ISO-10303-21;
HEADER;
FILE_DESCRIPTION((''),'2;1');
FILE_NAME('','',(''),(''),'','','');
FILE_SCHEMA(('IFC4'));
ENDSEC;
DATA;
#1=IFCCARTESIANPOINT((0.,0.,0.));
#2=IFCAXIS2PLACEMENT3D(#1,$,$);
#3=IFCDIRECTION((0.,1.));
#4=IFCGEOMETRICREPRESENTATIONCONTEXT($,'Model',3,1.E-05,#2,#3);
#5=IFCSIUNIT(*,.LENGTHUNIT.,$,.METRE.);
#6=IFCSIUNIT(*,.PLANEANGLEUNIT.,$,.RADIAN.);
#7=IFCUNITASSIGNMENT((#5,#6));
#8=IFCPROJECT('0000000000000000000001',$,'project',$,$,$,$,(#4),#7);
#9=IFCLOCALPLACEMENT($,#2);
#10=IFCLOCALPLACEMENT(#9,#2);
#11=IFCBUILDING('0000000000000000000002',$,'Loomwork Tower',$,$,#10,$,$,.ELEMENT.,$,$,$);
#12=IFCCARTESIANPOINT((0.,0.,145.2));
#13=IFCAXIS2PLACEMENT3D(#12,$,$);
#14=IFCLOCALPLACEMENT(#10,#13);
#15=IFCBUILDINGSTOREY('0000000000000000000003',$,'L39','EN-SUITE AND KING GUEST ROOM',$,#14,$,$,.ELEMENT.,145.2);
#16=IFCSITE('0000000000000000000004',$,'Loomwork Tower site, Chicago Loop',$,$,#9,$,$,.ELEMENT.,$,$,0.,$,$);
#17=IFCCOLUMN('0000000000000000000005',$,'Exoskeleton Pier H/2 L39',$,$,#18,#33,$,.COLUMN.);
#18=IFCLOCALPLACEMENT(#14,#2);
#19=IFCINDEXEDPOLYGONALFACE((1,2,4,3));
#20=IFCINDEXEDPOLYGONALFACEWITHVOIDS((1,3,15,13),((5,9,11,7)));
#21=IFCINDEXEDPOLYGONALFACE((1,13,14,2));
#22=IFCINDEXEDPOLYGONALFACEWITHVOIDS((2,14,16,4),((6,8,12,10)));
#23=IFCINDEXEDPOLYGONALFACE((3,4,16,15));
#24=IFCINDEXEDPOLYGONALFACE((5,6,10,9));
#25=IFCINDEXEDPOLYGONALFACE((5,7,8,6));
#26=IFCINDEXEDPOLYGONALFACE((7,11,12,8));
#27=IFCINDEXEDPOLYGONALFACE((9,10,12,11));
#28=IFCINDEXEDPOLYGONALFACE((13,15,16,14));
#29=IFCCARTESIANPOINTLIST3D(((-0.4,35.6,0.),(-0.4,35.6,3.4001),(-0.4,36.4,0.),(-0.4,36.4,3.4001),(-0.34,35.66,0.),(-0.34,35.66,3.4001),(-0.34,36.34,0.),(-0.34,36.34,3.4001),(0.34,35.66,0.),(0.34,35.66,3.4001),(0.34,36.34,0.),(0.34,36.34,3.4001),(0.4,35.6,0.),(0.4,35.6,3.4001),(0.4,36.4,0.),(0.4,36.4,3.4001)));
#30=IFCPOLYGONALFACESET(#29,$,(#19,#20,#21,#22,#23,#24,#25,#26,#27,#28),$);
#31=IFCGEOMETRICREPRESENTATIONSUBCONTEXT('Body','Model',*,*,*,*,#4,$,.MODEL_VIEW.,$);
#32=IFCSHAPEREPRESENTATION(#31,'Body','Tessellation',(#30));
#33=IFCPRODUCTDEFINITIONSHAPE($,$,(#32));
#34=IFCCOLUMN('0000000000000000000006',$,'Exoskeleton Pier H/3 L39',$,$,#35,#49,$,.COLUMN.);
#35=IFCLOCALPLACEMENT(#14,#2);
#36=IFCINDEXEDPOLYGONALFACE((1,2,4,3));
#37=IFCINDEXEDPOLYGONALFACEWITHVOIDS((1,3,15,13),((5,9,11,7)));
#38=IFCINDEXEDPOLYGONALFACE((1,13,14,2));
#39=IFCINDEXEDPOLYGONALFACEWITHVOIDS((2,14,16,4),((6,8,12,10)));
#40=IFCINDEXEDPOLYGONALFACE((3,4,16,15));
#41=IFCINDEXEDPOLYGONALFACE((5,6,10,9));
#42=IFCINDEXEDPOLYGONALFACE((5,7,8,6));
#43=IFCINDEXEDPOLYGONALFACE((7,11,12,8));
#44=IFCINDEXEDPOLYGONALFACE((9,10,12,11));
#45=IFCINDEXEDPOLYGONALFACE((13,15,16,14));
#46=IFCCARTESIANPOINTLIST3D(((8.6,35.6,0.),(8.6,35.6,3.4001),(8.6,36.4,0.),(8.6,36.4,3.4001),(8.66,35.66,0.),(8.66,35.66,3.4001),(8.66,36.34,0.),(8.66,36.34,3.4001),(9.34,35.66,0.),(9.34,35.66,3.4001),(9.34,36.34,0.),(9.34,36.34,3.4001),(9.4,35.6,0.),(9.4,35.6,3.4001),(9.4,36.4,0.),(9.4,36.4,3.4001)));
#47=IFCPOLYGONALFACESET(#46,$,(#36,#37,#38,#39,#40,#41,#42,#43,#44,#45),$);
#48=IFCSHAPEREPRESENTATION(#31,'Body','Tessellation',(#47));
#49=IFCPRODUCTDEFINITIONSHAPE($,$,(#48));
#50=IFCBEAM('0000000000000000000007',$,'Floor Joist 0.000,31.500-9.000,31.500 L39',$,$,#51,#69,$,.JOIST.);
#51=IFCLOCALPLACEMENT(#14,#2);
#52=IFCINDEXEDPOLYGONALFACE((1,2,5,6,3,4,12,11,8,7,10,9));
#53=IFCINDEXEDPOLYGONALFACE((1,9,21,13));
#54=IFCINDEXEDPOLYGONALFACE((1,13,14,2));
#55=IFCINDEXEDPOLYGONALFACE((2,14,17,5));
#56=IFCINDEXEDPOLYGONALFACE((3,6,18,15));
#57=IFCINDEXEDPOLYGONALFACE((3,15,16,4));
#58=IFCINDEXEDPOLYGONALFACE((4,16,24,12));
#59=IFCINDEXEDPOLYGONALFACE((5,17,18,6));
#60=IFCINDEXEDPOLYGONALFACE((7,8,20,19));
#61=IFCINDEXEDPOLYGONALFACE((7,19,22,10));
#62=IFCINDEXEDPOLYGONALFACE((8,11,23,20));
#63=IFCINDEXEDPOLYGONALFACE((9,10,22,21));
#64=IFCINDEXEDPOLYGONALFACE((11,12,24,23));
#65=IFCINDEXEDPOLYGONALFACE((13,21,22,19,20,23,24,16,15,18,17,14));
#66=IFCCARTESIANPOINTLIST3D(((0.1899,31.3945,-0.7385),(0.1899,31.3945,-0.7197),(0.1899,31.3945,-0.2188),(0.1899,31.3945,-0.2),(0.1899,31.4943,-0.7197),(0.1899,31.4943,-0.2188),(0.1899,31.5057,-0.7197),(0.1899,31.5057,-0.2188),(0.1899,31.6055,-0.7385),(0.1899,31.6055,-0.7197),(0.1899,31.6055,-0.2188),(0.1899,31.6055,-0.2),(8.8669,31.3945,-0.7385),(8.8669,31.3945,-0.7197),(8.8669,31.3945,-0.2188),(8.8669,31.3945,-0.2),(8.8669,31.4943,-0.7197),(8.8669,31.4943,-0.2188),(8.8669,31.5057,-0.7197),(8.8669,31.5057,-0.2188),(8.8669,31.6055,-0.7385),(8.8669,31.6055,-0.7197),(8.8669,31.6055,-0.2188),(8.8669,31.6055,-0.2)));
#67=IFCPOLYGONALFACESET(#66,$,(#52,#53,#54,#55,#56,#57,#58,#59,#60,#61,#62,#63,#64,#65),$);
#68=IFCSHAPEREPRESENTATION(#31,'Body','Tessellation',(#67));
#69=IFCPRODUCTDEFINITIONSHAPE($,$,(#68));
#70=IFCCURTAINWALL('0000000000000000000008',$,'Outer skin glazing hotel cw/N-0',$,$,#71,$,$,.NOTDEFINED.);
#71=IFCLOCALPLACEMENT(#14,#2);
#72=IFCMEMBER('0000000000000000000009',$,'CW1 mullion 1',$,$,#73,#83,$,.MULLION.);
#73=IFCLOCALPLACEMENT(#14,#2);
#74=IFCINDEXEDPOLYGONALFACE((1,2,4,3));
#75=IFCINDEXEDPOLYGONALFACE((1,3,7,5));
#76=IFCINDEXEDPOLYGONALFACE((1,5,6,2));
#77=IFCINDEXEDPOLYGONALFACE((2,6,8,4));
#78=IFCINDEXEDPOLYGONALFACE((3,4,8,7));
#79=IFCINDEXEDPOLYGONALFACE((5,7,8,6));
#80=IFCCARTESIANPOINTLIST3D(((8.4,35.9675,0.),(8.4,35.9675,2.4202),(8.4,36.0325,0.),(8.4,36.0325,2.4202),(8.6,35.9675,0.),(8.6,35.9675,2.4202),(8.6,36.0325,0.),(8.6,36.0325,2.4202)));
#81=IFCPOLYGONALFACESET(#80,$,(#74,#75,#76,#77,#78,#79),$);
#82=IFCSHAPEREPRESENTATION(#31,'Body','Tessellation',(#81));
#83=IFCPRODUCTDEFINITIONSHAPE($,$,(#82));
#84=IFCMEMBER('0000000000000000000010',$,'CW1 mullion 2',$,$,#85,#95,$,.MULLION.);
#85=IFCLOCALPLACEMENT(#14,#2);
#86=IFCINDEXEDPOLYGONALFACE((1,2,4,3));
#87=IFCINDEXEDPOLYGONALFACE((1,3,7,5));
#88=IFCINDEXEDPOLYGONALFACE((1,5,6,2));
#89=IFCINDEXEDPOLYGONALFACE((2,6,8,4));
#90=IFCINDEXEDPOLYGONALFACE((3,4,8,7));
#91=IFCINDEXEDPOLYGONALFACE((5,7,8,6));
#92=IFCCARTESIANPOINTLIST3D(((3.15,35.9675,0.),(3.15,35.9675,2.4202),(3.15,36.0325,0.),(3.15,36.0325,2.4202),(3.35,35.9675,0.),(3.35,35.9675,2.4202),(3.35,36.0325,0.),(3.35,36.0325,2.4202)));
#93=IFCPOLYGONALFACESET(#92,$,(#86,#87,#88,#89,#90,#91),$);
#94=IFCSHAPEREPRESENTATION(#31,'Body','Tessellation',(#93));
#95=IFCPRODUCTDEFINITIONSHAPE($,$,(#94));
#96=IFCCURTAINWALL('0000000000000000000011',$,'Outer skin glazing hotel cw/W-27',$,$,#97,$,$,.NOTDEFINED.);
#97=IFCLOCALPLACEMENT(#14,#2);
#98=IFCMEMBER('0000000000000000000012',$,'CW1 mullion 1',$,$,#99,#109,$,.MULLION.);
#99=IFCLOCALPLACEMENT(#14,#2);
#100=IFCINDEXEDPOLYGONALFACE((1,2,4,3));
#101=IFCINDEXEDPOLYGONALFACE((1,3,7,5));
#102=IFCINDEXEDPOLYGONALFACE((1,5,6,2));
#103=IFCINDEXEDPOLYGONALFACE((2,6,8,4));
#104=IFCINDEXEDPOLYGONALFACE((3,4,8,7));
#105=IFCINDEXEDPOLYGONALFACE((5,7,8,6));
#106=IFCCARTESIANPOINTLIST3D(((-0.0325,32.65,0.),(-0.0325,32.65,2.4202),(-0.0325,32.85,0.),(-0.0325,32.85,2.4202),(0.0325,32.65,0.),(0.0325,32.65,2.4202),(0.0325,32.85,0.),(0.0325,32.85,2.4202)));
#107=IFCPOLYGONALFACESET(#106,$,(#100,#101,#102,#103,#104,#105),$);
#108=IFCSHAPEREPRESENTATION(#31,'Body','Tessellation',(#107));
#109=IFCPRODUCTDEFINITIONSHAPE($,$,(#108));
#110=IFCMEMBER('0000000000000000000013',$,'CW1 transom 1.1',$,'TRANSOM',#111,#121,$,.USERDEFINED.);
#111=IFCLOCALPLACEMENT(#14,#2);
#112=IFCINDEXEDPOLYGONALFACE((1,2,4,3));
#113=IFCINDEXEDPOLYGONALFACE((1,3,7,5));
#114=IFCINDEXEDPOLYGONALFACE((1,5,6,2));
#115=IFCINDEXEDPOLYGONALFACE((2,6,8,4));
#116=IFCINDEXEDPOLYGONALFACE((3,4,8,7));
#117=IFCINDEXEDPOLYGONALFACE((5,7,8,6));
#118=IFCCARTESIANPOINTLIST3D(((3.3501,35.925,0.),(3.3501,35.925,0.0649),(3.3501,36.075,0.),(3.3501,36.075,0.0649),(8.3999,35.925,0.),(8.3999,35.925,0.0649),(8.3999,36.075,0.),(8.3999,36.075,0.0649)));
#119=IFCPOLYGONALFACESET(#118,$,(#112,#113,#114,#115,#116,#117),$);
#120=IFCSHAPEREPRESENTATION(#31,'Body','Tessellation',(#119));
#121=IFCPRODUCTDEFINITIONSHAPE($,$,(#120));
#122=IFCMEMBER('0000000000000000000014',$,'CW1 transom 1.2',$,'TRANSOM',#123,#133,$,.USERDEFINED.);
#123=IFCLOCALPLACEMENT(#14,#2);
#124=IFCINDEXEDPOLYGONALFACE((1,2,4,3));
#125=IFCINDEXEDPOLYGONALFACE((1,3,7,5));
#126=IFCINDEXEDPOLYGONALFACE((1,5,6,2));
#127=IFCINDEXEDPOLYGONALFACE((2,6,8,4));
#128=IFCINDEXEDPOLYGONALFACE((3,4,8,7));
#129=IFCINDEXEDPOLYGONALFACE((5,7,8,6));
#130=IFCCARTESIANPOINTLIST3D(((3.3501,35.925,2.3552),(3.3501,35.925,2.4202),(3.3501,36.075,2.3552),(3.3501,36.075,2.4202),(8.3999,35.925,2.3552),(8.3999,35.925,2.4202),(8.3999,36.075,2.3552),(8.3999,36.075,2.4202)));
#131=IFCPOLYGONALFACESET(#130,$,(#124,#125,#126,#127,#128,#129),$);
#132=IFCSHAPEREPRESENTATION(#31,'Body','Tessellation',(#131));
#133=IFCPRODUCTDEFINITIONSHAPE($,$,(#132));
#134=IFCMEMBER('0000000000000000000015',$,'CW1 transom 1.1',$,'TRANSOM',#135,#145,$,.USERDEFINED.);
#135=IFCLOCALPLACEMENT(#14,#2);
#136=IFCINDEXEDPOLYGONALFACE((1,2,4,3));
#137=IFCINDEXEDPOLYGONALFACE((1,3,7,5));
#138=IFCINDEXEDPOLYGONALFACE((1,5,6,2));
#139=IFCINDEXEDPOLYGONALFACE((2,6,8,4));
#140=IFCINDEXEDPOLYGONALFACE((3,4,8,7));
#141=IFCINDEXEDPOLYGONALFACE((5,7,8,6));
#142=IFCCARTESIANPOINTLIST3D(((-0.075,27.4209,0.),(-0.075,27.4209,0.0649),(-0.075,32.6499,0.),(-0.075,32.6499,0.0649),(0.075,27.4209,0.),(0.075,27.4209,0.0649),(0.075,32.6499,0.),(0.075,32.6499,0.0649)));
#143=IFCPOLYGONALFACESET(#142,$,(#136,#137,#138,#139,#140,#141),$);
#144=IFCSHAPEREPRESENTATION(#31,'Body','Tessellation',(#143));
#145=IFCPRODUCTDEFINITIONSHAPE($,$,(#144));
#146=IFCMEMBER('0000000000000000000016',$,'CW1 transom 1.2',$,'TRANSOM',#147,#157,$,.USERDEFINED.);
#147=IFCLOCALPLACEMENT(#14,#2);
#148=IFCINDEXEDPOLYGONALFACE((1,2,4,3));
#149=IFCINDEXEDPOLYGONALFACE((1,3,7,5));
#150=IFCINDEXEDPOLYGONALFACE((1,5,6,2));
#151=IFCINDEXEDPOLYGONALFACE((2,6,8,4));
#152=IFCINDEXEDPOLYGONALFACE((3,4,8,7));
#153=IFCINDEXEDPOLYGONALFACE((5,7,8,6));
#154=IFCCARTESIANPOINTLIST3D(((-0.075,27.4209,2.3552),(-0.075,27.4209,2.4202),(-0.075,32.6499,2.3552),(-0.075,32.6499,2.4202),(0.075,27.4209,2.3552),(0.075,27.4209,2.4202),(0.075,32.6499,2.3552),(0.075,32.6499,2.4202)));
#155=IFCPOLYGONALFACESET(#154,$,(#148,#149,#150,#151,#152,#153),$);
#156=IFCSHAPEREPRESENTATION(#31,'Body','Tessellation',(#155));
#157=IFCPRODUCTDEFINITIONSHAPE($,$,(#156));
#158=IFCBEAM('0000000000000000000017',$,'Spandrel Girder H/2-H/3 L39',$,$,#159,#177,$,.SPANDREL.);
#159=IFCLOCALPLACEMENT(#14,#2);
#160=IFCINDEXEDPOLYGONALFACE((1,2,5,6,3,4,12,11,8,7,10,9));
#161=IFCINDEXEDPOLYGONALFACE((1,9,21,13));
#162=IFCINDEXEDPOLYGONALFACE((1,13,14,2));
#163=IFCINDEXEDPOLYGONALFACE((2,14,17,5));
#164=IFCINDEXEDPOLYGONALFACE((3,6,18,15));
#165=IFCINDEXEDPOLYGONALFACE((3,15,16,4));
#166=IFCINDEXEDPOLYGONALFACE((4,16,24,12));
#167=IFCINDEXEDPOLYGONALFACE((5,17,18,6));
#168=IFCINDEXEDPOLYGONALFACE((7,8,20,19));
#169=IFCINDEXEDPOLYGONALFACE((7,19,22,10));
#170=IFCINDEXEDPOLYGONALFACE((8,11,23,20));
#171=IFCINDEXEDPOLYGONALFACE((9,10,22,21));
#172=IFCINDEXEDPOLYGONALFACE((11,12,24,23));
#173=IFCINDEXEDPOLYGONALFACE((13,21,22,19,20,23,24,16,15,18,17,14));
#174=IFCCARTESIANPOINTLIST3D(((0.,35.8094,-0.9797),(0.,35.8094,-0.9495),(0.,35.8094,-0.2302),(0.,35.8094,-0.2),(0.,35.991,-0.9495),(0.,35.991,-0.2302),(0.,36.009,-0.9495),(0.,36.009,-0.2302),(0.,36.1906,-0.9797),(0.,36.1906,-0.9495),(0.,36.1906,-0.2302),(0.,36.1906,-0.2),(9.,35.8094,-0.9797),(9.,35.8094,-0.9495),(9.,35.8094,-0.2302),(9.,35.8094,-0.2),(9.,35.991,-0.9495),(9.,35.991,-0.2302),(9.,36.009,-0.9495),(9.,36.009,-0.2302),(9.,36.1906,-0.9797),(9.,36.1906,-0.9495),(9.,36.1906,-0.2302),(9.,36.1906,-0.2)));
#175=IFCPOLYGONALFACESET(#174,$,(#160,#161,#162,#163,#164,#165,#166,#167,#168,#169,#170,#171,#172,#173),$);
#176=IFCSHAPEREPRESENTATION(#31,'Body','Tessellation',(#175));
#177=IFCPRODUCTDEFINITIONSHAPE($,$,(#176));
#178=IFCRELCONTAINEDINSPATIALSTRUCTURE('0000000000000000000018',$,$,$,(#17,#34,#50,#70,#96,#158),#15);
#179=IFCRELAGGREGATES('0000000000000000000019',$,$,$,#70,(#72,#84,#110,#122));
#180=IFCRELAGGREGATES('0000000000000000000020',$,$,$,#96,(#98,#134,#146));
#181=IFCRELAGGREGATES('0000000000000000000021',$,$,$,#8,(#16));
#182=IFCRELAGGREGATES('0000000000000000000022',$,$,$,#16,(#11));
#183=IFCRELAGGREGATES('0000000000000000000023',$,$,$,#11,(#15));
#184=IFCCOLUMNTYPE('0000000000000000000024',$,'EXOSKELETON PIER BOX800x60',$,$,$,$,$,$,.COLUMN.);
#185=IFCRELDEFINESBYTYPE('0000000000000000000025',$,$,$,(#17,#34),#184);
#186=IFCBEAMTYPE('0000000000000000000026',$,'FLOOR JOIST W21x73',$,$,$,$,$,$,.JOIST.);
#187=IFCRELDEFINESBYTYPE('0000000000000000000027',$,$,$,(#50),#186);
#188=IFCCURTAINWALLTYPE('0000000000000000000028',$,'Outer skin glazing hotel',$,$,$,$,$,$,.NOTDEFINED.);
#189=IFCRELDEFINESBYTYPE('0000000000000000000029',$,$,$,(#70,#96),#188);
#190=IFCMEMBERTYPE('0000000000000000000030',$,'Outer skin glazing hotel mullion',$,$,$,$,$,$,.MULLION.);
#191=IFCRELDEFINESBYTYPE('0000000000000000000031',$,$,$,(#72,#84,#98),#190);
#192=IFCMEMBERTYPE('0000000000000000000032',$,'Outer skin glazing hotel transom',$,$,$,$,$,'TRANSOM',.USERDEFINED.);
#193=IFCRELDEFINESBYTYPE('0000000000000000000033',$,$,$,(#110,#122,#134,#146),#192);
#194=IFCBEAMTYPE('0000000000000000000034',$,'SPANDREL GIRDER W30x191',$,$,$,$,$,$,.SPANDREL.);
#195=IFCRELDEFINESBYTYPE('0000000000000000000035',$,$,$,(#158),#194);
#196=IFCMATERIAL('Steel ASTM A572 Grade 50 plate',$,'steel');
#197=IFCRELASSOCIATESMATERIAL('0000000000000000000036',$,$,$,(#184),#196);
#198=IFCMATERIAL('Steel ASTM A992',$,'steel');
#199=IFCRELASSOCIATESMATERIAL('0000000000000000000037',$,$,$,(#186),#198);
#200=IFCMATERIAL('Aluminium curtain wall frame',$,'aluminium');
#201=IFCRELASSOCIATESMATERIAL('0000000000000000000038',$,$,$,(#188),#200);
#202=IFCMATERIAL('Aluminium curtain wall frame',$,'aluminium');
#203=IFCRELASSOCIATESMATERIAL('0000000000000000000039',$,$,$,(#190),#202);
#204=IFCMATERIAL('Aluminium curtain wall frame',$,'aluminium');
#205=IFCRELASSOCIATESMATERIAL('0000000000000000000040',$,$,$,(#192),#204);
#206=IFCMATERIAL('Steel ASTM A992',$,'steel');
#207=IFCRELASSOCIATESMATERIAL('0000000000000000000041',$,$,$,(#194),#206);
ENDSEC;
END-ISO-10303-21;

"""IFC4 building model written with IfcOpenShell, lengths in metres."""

from ifc_helpers import new_model, si_unit, direction, frame, origin, origin_2d, place, context, subcontext, project, spatial, rectangle, hollow_rectangle, i_section, extrude, material, material_profile, profile_set, type_object, element, aggregate, save


model = new_model("IFC4")

# Units and contexts
model_context = context("Model", 3, precision=1e-05, world=origin(), true_north=direction((0.0, 1.0)))
body_context = subcontext(model_context, "Body", "Model", "MODEL_VIEW")
ifc_project = project(units=[si_unit("LENGTHUNIT", "METRE"), si_unit("PLANEANGLEUNIT", "RADIAN")], contexts=[model_context])

# Site, building, storey
site_placement = place(None, origin())
site = spatial("IfcSite", under=ifc_project, at=site_placement, Name="Loomwork Tower site, Chicago Loop", CompositionType="ELEMENT", RefElevation=0.0)
building_placement = place(site_placement, origin())
building = spatial("IfcBuilding", under=site, at=building_placement, Name="Loomwork Tower", CompositionType="ELEMENT")
storey_placement = place(building_placement, frame((0.0, 0.0, 145.2)))
storey = spatial("IfcBuildingStorey", under=building, at=storey_placement, Name="L39", Description="EN-SUITE AND KING GUEST ROOM", CompositionType="ELEMENT", Elevation=145.2)

# Columns
ifc_material_1 = material(Name="Steel ASTM A572 Grade 50 plate", Category="steel")
ifc_material_profile_1 = material_profile(ifc_material_1, hollow_rectangle(XDim=0.8, YDim=0.8, WallThickness=0.0601, at=origin_2d()), Name="BOX800x60")
ifc_profile_set_1 = profile_set([ifc_material_profile_1], Name="Steel ASTM A572 Grade 50 plate")
column_type = type_object("IfcColumnType", Name="EXOSKELETON PIER BOX800x60", PredefinedType="COLUMN", material=ifc_profile_set_1)
for number, where, z_axis, x_axis, name in (
    (1, (0.0, 36.0, 0.0), (0.0, 0.0, 1.0), (1.0, 0.0, 0.0), "Exoskeleton Pier H/2 L39"),
    (2, (9.0, 36.0, 0.0), (0.0, 0.0, 1.0), (1.0, 0.0, 0.0), "Exoskeleton Pier H/3 L39"),
):
    element("IfcColumn", number, at=place(storey_placement, frame(where, z_axis=z_axis, x_axis=x_axis)), inside=storey, type_object=column_type, Name=name, PredefinedType="COLUMN", context=body_context, shape_type="SweptSolid", body=[
        extrude(hollow_rectangle(XDim=0.8, YDim=0.8, WallThickness=0.0601, at=origin_2d()), origin(), (0.0, 0.0, 1.0), 3.4001),
    ])

# Beam
ifc_material_2 = material(Name="Steel ASTM A992", Category="steel")
ifc_material_profile_2 = material_profile(ifc_material_2, i_section(OverallWidth=0.2109, OverallDepth=0.5386, WebThickness=0.0115, FlangeThickness=0.0188, at=origin_2d()), Name="W21x73")
ifc_profile_set_2 = profile_set([ifc_material_profile_2], Name="Steel ASTM A992")
beam_type_1 = type_object("IfcBeamType", Name="FLOOR JOIST W21x73", PredefinedType="JOIST", material=ifc_profile_set_2)
beam_placement = place(storey_placement, frame((0.1899, 31.5, -0.4692), z_axis=(1.0, 0.0, 0.0), x_axis=(0.0, 1.0, 0.0)))
element("IfcBeam", 3, at=beam_placement, inside=storey, type_object=beam_type_1, Name="Floor Joist 0.000,31.500-9.000,31.500 L39", PredefinedType="JOIST", context=body_context, shape_type="SweptSolid", body=[
    extrude(i_section(OverallWidth=0.2109, OverallDepth=0.5386, WebThickness=0.0115, FlangeThickness=0.0188, at=origin_2d()), origin(), (0.0, 0.0, 1.0), 8.677),
])

# Curtain wall, members
ifc_material_3 = material(Name="Aluminium curtain wall frame", Category="aluminium")
curtain_wall_type = type_object("IfcCurtainWallType", Name="Outer skin glazing hotel", PredefinedType="NOTDEFINED", material=ifc_material_3)
curtain_wall_1_placement = place(storey_placement, origin())
curtain_wall_1 = element("IfcCurtainWall", 4, at=curtain_wall_1_placement, inside=storey, type_object=curtain_wall_type, Name="Outer skin glazing hotel cw/N-0", PredefinedType="NOTDEFINED")
ifc_material_4 = material(Name="Aluminium curtain wall frame", Category="aluminium")
ifc_material_profile_3 = material_profile(ifc_material_4, rectangle(XDim=0.0649, YDim=0.2, at=origin_2d()), Name="AL 65x200")
ifc_profile_set_3 = profile_set([ifc_material_profile_3], Name="Aluminium curtain wall frame")
member_type_1 = type_object("IfcMemberType", Name="Outer skin glazing hotel mullion", PredefinedType="MULLION", material=ifc_profile_set_3)
member_1_placement = place(storey_placement, frame((8.5, 36.0, 0.0), z_axis=(0.0, 0.0, 1.0), x_axis=(0.0, -1.0, 0.0)))
member_1 = element("IfcMember", 5, at=member_1_placement, type_object=member_type_1, Name="CW1 mullion 1", PredefinedType="MULLION", context=body_context, shape_type="SweptSolid", body=[
    extrude(rectangle(XDim=0.0649, YDim=0.2, at=origin_2d()), origin(), (0.0, 0.0, 1.0), 2.4202),
])
member_2_placement = place(storey_placement, frame((3.25, 36.0, 0.0), z_axis=(0.0, 0.0, 1.0), x_axis=(0.0, -1.0, 0.0)))
member_2 = element("IfcMember", 6, at=member_2_placement, type_object=member_type_1, Name="CW1 mullion 2", PredefinedType="MULLION", context=body_context, shape_type="SweptSolid", body=[
    extrude(rectangle(XDim=0.0649, YDim=0.2, at=origin_2d()), origin(), (0.0, 0.0, 1.0), 2.4202),
])

# Curtain wall, member
curtain_wall_2_placement = place(storey_placement, origin())
curtain_wall_2 = element("IfcCurtainWall", 7, at=curtain_wall_2_placement, inside=storey, type_object=curtain_wall_type, Name="Outer skin glazing hotel cw/W-27", PredefinedType="NOTDEFINED")
member_3_placement = place(storey_placement, frame((0.0, 32.75, 0.0), z_axis=(0.0, 0.0, 1.0), x_axis=(1.0, 0.0, 0.0)))
member_3 = element("IfcMember", 8, at=member_3_placement, type_object=member_type_1, Name="CW1 mullion 1", PredefinedType="MULLION", context=body_context, shape_type="SweptSolid", body=[
    extrude(rectangle(XDim=0.0649, YDim=0.2, at=origin_2d()), origin(), (0.0, 0.0, 1.0), 2.4202),
])

# Members
ifc_material_5 = material(Name="Aluminium curtain wall frame", Category="aluminium")
ifc_material_profile_4 = material_profile(ifc_material_5, rectangle(XDim=0.1499, YDim=0.0649, at=origin_2d()), Name="AL 65x150")
ifc_profile_set_4 = profile_set([ifc_material_profile_4], Name="Aluminium curtain wall frame")
member_type_2 = type_object("IfcMemberType", Name="Outer skin glazing hotel transom", ElementType="TRANSOM", PredefinedType="USERDEFINED", material=ifc_profile_set_4)
member_4_placement = place(storey_placement, frame((8.3999, 36.0, 0.0325), z_axis=(-1.0, 0.0, 0.0), x_axis=(0.0, -1.0, 0.0)))
member_4 = element("IfcMember", 9, at=member_4_placement, type_object=member_type_2, Name="CW1 transom 1.1", ObjectType="TRANSOM", PredefinedType="USERDEFINED", context=body_context, shape_type="SweptSolid", body=[
    extrude(rectangle(XDim=0.1499, YDim=0.0649, at=origin_2d()), origin(), (0.0, 0.0, 1.0), 5.0498),
])
member_5_placement = place(storey_placement, frame((8.3999, 36.0, 2.3877), z_axis=(-1.0, 0.0, 0.0), x_axis=(0.0, -1.0, 0.0)))
member_5 = element("IfcMember", 10, at=member_5_placement, type_object=member_type_2, Name="CW1 transom 1.2", ObjectType="TRANSOM", PredefinedType="USERDEFINED", context=body_context, shape_type="SweptSolid", body=[
    extrude(rectangle(XDim=0.1499, YDim=0.0649, at=origin_2d()), origin(), (0.0, 0.0, 1.0), 5.0498),
])
member_6_placement = place(storey_placement, frame((0.0, 32.6499, 0.0325), z_axis=(0.0, -1.0, 0.0), x_axis=(1.0, 0.0, 0.0)))
member_6 = element("IfcMember", 11, at=member_6_placement, type_object=member_type_2, Name="CW1 transom 1.1", ObjectType="TRANSOM", PredefinedType="USERDEFINED", context=body_context, shape_type="SweptSolid", body=[
    extrude(rectangle(XDim=0.1499, YDim=0.0649, at=origin_2d()), origin(), (0.0, 0.0, 1.0), 5.229),
])
member_7_placement = place(storey_placement, frame((0.0, 32.6499, 2.3877), z_axis=(0.0, -1.0, 0.0), x_axis=(1.0, 0.0, 0.0)))
member_7 = element("IfcMember", 12, at=member_7_placement, type_object=member_type_2, Name="CW1 transom 1.2", ObjectType="TRANSOM", PredefinedType="USERDEFINED", context=body_context, shape_type="SweptSolid", body=[
    extrude(rectangle(XDim=0.1499, YDim=0.0649, at=origin_2d()), origin(), (0.0, 0.0, 1.0), 5.229),
])

# Beam
ifc_material_6 = material(Name="Steel ASTM A992", Category="steel")
ifc_material_profile_5 = material_profile(ifc_material_6, i_section(OverallWidth=0.3811, OverallDepth=0.7798, WebThickness=0.0181, FlangeThickness=0.0303, at=origin_2d()), Name="W30x191")
ifc_profile_set_5 = profile_set([ifc_material_profile_5], Name="Steel ASTM A992")
beam_type_2 = type_object("IfcBeamType", Name="SPANDREL GIRDER W30x191", PredefinedType="SPANDREL", material=ifc_profile_set_5)
for number, where, z_axis, x_axis, name in (
    (13, (0.0, 36.0, -0.5898), (1.0, 0.0, 0.0), (0.0, 1.0, 0.0), "Spandrel Girder H/2-H/3 L39"),
):
    element("IfcBeam", number, at=place(storey_placement, frame(where, z_axis=z_axis, x_axis=x_axis)), inside=storey, type_object=beam_type_2, Name=name, PredefinedType="SPANDREL", context=body_context, shape_type="SweptSolid", body=[
        extrude(i_section(OverallWidth=0.3811, OverallDepth=0.7798, WebThickness=0.0181, FlangeThickness=0.0303, at=origin_2d()), origin(), (0.0, 0.0, 1.0), 9.0),
    ])

aggregate(curtain_wall_1, [member_1, member_2, member_4, member_5])
aggregate(curtain_wall_2, [member_3, member_6, member_7])

save(model, "model.ifc")
